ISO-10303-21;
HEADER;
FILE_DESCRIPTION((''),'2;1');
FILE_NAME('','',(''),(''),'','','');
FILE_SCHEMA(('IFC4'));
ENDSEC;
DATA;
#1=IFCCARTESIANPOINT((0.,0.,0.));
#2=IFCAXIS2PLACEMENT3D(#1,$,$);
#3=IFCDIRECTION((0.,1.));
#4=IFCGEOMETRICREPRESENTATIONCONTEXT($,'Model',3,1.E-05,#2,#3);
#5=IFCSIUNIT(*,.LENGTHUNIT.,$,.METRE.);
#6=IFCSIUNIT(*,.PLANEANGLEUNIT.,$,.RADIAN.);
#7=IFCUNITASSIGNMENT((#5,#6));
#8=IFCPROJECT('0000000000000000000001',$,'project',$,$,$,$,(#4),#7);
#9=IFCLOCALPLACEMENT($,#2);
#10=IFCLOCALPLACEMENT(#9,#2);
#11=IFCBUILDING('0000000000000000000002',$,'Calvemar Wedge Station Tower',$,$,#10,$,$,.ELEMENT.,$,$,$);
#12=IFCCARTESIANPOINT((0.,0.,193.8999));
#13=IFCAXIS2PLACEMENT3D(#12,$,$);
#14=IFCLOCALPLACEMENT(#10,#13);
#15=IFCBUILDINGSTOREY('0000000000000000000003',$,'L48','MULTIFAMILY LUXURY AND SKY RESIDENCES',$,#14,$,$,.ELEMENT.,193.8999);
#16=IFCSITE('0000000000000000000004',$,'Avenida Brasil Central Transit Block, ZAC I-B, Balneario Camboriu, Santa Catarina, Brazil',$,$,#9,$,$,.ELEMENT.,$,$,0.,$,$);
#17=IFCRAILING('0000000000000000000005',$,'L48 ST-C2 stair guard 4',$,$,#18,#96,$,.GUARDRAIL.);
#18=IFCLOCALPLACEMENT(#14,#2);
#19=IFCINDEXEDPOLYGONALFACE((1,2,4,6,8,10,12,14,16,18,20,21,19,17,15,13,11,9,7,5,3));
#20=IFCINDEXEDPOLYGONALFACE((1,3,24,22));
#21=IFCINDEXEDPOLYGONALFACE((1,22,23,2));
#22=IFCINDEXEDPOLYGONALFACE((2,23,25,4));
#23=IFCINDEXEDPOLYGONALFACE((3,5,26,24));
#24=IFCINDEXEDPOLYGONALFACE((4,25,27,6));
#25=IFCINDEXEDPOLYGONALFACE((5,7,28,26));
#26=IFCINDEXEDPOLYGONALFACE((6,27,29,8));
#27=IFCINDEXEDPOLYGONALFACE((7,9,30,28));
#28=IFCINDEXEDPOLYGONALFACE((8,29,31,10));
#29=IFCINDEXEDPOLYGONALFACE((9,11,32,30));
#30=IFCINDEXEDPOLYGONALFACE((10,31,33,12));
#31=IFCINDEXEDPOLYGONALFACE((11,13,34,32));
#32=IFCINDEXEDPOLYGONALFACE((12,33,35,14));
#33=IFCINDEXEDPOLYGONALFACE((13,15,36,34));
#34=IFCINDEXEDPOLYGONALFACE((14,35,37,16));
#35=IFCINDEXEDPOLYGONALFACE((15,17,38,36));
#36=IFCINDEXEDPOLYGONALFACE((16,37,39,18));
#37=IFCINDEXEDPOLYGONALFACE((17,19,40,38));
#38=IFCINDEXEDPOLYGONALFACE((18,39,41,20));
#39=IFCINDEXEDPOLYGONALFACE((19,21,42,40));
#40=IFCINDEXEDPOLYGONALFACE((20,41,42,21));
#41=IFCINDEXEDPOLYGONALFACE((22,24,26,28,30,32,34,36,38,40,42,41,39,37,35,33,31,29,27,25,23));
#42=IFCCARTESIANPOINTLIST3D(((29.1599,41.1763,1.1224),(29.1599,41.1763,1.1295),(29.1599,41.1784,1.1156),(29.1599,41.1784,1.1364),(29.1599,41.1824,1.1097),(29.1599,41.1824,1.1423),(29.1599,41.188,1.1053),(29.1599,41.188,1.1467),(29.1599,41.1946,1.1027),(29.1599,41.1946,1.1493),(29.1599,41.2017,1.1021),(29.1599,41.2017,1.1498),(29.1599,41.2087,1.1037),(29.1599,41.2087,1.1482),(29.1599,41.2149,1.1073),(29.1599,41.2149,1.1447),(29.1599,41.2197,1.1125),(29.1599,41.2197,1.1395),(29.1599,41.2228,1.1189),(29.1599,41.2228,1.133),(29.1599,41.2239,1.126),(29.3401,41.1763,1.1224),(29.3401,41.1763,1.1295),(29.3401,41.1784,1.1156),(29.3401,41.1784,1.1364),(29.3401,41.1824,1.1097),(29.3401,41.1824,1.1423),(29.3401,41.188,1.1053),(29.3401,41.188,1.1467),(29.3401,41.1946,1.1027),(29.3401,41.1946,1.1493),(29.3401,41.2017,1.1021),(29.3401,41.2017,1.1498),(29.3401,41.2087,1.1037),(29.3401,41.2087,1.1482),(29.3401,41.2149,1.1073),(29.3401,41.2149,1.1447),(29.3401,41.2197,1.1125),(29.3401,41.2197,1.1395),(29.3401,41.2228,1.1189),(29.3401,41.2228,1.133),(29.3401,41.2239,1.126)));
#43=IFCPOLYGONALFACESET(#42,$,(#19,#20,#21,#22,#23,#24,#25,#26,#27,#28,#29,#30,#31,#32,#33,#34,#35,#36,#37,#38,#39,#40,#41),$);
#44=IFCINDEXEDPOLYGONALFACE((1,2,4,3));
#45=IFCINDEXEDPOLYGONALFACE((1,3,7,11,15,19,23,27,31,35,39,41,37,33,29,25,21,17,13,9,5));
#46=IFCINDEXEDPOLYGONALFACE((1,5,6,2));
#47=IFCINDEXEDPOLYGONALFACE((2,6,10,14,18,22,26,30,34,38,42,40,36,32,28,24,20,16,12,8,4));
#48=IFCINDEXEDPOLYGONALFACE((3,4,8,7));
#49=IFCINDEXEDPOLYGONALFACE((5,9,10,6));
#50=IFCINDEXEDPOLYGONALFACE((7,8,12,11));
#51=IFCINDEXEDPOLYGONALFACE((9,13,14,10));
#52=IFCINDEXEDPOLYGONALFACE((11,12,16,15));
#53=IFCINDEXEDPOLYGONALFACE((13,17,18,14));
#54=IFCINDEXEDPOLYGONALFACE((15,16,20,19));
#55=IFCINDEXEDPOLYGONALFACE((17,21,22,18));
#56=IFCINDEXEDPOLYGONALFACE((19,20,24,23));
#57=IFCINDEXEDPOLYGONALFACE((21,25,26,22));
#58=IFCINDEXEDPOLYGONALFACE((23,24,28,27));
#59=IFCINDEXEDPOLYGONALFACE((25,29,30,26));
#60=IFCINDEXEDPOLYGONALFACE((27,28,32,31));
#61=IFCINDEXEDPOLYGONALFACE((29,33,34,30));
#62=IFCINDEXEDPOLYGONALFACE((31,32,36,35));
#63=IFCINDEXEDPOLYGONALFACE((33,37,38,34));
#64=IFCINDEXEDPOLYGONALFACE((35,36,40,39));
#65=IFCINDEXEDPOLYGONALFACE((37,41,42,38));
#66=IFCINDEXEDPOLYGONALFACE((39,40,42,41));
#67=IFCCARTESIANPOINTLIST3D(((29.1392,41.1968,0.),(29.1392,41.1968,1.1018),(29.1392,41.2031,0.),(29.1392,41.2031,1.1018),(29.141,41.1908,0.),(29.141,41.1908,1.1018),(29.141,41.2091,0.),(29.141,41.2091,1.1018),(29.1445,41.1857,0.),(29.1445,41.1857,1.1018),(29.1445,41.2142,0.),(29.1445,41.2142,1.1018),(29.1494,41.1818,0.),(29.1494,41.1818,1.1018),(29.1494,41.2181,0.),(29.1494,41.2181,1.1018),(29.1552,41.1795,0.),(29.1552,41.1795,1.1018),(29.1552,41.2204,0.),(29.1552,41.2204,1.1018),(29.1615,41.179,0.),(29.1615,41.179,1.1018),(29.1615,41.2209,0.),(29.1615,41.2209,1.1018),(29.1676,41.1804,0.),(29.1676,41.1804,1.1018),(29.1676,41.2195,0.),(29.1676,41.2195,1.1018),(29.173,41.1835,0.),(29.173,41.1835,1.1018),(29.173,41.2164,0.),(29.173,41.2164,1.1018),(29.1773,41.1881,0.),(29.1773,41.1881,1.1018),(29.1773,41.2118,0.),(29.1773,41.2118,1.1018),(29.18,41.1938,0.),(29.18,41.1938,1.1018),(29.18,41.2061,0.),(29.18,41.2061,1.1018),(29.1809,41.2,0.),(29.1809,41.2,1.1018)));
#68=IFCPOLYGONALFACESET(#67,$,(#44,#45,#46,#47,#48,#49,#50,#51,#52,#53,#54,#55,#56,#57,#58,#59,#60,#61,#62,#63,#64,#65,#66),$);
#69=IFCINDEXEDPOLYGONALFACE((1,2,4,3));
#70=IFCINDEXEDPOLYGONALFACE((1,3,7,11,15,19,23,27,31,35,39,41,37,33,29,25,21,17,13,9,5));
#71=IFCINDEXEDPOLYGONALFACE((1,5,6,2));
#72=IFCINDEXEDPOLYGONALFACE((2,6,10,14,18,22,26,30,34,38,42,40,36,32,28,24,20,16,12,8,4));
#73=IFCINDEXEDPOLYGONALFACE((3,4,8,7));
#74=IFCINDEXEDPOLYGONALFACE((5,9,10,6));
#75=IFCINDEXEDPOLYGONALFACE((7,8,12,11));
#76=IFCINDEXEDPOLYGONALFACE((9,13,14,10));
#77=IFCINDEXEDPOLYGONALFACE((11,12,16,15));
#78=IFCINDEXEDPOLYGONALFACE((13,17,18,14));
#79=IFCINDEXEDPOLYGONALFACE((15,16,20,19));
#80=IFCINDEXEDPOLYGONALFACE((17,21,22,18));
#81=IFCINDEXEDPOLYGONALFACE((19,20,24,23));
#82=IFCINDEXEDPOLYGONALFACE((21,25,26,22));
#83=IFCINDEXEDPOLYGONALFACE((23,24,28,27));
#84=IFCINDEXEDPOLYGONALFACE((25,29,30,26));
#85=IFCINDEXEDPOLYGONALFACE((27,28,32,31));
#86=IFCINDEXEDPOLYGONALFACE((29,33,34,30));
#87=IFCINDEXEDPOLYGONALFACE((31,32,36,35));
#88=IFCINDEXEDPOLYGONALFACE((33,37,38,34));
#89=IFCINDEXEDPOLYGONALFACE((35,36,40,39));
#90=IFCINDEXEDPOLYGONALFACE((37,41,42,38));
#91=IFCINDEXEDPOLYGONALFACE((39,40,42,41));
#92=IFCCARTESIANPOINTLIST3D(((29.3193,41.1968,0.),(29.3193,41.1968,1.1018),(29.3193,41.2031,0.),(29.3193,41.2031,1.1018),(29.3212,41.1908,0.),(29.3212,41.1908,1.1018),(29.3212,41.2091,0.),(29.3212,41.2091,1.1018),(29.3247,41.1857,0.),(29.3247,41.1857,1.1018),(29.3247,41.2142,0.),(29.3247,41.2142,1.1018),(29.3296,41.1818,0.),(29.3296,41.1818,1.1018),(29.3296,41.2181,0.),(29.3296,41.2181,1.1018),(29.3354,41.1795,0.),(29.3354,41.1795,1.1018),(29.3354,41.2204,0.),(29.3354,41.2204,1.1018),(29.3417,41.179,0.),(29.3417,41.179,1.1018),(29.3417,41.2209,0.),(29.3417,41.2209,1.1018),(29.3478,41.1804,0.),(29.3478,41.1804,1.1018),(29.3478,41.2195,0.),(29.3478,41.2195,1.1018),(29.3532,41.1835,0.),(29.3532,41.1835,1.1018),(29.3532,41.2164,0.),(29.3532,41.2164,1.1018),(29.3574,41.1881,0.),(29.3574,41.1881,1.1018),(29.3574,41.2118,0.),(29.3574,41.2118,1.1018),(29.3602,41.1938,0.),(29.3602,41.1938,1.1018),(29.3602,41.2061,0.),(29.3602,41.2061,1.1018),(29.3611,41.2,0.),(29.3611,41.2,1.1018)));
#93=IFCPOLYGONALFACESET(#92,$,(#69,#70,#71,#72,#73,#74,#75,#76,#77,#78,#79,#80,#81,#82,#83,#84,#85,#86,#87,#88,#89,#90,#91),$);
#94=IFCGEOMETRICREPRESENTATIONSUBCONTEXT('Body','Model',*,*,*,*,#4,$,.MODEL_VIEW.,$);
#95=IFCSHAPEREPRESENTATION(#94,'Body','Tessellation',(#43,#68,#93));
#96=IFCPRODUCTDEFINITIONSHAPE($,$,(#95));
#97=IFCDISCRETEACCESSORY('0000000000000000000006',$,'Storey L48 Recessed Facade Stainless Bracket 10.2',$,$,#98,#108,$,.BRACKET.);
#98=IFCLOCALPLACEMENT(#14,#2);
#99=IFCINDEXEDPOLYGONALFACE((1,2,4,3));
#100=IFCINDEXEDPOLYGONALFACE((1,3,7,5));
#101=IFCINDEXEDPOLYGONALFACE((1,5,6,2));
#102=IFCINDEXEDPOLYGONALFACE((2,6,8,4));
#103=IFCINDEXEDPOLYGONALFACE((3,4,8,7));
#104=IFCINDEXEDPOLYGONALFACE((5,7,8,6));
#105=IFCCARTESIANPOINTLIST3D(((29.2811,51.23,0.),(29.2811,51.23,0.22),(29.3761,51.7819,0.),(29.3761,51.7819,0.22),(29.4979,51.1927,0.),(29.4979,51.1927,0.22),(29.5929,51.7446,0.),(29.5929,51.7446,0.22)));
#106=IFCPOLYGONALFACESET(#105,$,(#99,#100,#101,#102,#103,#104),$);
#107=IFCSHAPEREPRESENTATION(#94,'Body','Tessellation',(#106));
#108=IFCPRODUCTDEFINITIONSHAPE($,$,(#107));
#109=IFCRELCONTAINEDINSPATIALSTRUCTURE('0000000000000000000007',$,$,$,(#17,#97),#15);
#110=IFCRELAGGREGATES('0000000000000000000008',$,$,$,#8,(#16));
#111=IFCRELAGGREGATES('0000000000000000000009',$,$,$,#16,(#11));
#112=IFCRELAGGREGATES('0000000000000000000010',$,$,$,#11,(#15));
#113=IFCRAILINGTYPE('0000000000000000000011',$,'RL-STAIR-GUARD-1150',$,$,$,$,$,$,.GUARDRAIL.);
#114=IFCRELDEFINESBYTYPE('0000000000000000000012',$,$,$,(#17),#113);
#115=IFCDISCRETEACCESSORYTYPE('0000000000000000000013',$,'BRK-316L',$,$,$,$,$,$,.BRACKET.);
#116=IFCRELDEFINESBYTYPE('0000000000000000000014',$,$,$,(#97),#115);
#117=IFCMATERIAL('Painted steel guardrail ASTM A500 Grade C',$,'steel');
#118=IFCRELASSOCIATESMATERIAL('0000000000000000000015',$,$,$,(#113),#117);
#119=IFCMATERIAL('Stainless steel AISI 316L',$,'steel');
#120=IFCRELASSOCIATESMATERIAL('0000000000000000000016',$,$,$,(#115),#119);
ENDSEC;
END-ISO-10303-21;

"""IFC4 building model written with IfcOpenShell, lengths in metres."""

from ifc_helpers import new_model, si_unit, direction, frame, origin, origin_2d, place, context, subcontext, project, spatial, rectangle, circle, extrude, source, transform, mapped, material, type_object, element, save


model = new_model("IFC4")

# Units and contexts
model_context = context("Model", 3, precision=1e-05, world=origin(), true_north=direction((0.0, 1.0)))
body_context = subcontext(model_context, "Body", "Model", "MODEL_VIEW")
ifc_project = project(units=[si_unit("LENGTHUNIT", "METRE"), si_unit("PLANEANGLEUNIT", "RADIAN")], contexts=[model_context])

# Site, building, storey
site_placement = place(None, origin())
site = spatial("IfcSite", under=ifc_project, at=site_placement, Name="Avenida Brasil Central Transit Block, ZAC I-B, Balneario Camboriu, Santa Catarina, Brazil", CompositionType="ELEMENT", RefElevation=0.0)
building_placement = place(site_placement, origin())
building = spatial("IfcBuilding", under=site, at=building_placement, Name="Calvemar Wedge Station Tower", CompositionType="ELEMENT")
storey_placement = place(building_placement, frame((0.0, 0.0, 193.8999)))
storey = spatial("IfcBuildingStorey", under=building, at=storey_placement, Name="L48", Description="MULTIFAMILY LUXURY AND SKY RESIDENCES", CompositionType="ELEMENT", Elevation=193.8999)

# Railing
ifc_material_1 = material(Name="Stainless steel AISI 316L", Category="steel")
ifc_material_2 = material(Name="Painted steel guardrail ASTM A500 Grade C", Category="steel")
railing_type_1 = type_object("IfcRailingType", Name="RL-STAIR-GUARD-1150", PredefinedType="GUARDRAIL", material=ifc_material_2)
railing_1_placement = place(storey_placement, frame((29.1599, 41.2, 0.0)))
element("IfcRailing", 1, at=railing_1_placement, inside=storey, type_object=railing_type_1, Name="L48 ST-C2 stair guard 4", PredefinedType="GUARDRAIL", context=body_context, shape_type="SweptSolid", body=[
    extrude(circle(Radius=0.0239, at=origin_2d()), frame((0.0, 0.0, 1.126), z_axis=(1.0, 0.0, 0.0), x_axis=(0.0, 1.0, 0.0)), (0.0, 0.0, 1.0), 0.1802),
    extrude(circle(Radius=0.021, at=origin_2d()), origin(), (0.0, 0.0, 1.0), 1.1018),
    extrude(circle(Radius=0.021, at=origin_2d()), frame((0.1802, 0.0, 0.0)), (0.0, 0.0, 1.0), 1.1018),
])

# Discrete accessory
discrete_accessory_type = type_object("IfcDiscreteAccessoryType", Name="BRK-316L", PredefinedType="BRACKET", material=ifc_material_1)
shared_shape_1 = source(origin(), body_context, "Body", "SweptSolid", [
    extrude(rectangle(XDim=0.22, YDim=0.5601, at=origin_2d()), origin(), (0.0, 0.0, 1.0), 0.22),
])
discrete_accessory_placement = place(storey_placement, frame((29.437, 51.4873, 0.0), z_axis=(0.0, 0.0, 1.0), x_axis=(-0.985526, 0.169522, 0.0)))
element("IfcDiscreteAccessory", 2, at=discrete_accessory_placement, inside=storey, type_object=discrete_accessory_type, Name="Storey L48 Recessed Facade Stainless Bracket 10.2", PredefinedType="BRACKET", context=body_context, shape_type="MappedRepresentation", body=[
    mapped(shared_shape_1, transform((0.0, 0.0, 0.0), scale=1.0)),
])

save(model, "model.ifc")
